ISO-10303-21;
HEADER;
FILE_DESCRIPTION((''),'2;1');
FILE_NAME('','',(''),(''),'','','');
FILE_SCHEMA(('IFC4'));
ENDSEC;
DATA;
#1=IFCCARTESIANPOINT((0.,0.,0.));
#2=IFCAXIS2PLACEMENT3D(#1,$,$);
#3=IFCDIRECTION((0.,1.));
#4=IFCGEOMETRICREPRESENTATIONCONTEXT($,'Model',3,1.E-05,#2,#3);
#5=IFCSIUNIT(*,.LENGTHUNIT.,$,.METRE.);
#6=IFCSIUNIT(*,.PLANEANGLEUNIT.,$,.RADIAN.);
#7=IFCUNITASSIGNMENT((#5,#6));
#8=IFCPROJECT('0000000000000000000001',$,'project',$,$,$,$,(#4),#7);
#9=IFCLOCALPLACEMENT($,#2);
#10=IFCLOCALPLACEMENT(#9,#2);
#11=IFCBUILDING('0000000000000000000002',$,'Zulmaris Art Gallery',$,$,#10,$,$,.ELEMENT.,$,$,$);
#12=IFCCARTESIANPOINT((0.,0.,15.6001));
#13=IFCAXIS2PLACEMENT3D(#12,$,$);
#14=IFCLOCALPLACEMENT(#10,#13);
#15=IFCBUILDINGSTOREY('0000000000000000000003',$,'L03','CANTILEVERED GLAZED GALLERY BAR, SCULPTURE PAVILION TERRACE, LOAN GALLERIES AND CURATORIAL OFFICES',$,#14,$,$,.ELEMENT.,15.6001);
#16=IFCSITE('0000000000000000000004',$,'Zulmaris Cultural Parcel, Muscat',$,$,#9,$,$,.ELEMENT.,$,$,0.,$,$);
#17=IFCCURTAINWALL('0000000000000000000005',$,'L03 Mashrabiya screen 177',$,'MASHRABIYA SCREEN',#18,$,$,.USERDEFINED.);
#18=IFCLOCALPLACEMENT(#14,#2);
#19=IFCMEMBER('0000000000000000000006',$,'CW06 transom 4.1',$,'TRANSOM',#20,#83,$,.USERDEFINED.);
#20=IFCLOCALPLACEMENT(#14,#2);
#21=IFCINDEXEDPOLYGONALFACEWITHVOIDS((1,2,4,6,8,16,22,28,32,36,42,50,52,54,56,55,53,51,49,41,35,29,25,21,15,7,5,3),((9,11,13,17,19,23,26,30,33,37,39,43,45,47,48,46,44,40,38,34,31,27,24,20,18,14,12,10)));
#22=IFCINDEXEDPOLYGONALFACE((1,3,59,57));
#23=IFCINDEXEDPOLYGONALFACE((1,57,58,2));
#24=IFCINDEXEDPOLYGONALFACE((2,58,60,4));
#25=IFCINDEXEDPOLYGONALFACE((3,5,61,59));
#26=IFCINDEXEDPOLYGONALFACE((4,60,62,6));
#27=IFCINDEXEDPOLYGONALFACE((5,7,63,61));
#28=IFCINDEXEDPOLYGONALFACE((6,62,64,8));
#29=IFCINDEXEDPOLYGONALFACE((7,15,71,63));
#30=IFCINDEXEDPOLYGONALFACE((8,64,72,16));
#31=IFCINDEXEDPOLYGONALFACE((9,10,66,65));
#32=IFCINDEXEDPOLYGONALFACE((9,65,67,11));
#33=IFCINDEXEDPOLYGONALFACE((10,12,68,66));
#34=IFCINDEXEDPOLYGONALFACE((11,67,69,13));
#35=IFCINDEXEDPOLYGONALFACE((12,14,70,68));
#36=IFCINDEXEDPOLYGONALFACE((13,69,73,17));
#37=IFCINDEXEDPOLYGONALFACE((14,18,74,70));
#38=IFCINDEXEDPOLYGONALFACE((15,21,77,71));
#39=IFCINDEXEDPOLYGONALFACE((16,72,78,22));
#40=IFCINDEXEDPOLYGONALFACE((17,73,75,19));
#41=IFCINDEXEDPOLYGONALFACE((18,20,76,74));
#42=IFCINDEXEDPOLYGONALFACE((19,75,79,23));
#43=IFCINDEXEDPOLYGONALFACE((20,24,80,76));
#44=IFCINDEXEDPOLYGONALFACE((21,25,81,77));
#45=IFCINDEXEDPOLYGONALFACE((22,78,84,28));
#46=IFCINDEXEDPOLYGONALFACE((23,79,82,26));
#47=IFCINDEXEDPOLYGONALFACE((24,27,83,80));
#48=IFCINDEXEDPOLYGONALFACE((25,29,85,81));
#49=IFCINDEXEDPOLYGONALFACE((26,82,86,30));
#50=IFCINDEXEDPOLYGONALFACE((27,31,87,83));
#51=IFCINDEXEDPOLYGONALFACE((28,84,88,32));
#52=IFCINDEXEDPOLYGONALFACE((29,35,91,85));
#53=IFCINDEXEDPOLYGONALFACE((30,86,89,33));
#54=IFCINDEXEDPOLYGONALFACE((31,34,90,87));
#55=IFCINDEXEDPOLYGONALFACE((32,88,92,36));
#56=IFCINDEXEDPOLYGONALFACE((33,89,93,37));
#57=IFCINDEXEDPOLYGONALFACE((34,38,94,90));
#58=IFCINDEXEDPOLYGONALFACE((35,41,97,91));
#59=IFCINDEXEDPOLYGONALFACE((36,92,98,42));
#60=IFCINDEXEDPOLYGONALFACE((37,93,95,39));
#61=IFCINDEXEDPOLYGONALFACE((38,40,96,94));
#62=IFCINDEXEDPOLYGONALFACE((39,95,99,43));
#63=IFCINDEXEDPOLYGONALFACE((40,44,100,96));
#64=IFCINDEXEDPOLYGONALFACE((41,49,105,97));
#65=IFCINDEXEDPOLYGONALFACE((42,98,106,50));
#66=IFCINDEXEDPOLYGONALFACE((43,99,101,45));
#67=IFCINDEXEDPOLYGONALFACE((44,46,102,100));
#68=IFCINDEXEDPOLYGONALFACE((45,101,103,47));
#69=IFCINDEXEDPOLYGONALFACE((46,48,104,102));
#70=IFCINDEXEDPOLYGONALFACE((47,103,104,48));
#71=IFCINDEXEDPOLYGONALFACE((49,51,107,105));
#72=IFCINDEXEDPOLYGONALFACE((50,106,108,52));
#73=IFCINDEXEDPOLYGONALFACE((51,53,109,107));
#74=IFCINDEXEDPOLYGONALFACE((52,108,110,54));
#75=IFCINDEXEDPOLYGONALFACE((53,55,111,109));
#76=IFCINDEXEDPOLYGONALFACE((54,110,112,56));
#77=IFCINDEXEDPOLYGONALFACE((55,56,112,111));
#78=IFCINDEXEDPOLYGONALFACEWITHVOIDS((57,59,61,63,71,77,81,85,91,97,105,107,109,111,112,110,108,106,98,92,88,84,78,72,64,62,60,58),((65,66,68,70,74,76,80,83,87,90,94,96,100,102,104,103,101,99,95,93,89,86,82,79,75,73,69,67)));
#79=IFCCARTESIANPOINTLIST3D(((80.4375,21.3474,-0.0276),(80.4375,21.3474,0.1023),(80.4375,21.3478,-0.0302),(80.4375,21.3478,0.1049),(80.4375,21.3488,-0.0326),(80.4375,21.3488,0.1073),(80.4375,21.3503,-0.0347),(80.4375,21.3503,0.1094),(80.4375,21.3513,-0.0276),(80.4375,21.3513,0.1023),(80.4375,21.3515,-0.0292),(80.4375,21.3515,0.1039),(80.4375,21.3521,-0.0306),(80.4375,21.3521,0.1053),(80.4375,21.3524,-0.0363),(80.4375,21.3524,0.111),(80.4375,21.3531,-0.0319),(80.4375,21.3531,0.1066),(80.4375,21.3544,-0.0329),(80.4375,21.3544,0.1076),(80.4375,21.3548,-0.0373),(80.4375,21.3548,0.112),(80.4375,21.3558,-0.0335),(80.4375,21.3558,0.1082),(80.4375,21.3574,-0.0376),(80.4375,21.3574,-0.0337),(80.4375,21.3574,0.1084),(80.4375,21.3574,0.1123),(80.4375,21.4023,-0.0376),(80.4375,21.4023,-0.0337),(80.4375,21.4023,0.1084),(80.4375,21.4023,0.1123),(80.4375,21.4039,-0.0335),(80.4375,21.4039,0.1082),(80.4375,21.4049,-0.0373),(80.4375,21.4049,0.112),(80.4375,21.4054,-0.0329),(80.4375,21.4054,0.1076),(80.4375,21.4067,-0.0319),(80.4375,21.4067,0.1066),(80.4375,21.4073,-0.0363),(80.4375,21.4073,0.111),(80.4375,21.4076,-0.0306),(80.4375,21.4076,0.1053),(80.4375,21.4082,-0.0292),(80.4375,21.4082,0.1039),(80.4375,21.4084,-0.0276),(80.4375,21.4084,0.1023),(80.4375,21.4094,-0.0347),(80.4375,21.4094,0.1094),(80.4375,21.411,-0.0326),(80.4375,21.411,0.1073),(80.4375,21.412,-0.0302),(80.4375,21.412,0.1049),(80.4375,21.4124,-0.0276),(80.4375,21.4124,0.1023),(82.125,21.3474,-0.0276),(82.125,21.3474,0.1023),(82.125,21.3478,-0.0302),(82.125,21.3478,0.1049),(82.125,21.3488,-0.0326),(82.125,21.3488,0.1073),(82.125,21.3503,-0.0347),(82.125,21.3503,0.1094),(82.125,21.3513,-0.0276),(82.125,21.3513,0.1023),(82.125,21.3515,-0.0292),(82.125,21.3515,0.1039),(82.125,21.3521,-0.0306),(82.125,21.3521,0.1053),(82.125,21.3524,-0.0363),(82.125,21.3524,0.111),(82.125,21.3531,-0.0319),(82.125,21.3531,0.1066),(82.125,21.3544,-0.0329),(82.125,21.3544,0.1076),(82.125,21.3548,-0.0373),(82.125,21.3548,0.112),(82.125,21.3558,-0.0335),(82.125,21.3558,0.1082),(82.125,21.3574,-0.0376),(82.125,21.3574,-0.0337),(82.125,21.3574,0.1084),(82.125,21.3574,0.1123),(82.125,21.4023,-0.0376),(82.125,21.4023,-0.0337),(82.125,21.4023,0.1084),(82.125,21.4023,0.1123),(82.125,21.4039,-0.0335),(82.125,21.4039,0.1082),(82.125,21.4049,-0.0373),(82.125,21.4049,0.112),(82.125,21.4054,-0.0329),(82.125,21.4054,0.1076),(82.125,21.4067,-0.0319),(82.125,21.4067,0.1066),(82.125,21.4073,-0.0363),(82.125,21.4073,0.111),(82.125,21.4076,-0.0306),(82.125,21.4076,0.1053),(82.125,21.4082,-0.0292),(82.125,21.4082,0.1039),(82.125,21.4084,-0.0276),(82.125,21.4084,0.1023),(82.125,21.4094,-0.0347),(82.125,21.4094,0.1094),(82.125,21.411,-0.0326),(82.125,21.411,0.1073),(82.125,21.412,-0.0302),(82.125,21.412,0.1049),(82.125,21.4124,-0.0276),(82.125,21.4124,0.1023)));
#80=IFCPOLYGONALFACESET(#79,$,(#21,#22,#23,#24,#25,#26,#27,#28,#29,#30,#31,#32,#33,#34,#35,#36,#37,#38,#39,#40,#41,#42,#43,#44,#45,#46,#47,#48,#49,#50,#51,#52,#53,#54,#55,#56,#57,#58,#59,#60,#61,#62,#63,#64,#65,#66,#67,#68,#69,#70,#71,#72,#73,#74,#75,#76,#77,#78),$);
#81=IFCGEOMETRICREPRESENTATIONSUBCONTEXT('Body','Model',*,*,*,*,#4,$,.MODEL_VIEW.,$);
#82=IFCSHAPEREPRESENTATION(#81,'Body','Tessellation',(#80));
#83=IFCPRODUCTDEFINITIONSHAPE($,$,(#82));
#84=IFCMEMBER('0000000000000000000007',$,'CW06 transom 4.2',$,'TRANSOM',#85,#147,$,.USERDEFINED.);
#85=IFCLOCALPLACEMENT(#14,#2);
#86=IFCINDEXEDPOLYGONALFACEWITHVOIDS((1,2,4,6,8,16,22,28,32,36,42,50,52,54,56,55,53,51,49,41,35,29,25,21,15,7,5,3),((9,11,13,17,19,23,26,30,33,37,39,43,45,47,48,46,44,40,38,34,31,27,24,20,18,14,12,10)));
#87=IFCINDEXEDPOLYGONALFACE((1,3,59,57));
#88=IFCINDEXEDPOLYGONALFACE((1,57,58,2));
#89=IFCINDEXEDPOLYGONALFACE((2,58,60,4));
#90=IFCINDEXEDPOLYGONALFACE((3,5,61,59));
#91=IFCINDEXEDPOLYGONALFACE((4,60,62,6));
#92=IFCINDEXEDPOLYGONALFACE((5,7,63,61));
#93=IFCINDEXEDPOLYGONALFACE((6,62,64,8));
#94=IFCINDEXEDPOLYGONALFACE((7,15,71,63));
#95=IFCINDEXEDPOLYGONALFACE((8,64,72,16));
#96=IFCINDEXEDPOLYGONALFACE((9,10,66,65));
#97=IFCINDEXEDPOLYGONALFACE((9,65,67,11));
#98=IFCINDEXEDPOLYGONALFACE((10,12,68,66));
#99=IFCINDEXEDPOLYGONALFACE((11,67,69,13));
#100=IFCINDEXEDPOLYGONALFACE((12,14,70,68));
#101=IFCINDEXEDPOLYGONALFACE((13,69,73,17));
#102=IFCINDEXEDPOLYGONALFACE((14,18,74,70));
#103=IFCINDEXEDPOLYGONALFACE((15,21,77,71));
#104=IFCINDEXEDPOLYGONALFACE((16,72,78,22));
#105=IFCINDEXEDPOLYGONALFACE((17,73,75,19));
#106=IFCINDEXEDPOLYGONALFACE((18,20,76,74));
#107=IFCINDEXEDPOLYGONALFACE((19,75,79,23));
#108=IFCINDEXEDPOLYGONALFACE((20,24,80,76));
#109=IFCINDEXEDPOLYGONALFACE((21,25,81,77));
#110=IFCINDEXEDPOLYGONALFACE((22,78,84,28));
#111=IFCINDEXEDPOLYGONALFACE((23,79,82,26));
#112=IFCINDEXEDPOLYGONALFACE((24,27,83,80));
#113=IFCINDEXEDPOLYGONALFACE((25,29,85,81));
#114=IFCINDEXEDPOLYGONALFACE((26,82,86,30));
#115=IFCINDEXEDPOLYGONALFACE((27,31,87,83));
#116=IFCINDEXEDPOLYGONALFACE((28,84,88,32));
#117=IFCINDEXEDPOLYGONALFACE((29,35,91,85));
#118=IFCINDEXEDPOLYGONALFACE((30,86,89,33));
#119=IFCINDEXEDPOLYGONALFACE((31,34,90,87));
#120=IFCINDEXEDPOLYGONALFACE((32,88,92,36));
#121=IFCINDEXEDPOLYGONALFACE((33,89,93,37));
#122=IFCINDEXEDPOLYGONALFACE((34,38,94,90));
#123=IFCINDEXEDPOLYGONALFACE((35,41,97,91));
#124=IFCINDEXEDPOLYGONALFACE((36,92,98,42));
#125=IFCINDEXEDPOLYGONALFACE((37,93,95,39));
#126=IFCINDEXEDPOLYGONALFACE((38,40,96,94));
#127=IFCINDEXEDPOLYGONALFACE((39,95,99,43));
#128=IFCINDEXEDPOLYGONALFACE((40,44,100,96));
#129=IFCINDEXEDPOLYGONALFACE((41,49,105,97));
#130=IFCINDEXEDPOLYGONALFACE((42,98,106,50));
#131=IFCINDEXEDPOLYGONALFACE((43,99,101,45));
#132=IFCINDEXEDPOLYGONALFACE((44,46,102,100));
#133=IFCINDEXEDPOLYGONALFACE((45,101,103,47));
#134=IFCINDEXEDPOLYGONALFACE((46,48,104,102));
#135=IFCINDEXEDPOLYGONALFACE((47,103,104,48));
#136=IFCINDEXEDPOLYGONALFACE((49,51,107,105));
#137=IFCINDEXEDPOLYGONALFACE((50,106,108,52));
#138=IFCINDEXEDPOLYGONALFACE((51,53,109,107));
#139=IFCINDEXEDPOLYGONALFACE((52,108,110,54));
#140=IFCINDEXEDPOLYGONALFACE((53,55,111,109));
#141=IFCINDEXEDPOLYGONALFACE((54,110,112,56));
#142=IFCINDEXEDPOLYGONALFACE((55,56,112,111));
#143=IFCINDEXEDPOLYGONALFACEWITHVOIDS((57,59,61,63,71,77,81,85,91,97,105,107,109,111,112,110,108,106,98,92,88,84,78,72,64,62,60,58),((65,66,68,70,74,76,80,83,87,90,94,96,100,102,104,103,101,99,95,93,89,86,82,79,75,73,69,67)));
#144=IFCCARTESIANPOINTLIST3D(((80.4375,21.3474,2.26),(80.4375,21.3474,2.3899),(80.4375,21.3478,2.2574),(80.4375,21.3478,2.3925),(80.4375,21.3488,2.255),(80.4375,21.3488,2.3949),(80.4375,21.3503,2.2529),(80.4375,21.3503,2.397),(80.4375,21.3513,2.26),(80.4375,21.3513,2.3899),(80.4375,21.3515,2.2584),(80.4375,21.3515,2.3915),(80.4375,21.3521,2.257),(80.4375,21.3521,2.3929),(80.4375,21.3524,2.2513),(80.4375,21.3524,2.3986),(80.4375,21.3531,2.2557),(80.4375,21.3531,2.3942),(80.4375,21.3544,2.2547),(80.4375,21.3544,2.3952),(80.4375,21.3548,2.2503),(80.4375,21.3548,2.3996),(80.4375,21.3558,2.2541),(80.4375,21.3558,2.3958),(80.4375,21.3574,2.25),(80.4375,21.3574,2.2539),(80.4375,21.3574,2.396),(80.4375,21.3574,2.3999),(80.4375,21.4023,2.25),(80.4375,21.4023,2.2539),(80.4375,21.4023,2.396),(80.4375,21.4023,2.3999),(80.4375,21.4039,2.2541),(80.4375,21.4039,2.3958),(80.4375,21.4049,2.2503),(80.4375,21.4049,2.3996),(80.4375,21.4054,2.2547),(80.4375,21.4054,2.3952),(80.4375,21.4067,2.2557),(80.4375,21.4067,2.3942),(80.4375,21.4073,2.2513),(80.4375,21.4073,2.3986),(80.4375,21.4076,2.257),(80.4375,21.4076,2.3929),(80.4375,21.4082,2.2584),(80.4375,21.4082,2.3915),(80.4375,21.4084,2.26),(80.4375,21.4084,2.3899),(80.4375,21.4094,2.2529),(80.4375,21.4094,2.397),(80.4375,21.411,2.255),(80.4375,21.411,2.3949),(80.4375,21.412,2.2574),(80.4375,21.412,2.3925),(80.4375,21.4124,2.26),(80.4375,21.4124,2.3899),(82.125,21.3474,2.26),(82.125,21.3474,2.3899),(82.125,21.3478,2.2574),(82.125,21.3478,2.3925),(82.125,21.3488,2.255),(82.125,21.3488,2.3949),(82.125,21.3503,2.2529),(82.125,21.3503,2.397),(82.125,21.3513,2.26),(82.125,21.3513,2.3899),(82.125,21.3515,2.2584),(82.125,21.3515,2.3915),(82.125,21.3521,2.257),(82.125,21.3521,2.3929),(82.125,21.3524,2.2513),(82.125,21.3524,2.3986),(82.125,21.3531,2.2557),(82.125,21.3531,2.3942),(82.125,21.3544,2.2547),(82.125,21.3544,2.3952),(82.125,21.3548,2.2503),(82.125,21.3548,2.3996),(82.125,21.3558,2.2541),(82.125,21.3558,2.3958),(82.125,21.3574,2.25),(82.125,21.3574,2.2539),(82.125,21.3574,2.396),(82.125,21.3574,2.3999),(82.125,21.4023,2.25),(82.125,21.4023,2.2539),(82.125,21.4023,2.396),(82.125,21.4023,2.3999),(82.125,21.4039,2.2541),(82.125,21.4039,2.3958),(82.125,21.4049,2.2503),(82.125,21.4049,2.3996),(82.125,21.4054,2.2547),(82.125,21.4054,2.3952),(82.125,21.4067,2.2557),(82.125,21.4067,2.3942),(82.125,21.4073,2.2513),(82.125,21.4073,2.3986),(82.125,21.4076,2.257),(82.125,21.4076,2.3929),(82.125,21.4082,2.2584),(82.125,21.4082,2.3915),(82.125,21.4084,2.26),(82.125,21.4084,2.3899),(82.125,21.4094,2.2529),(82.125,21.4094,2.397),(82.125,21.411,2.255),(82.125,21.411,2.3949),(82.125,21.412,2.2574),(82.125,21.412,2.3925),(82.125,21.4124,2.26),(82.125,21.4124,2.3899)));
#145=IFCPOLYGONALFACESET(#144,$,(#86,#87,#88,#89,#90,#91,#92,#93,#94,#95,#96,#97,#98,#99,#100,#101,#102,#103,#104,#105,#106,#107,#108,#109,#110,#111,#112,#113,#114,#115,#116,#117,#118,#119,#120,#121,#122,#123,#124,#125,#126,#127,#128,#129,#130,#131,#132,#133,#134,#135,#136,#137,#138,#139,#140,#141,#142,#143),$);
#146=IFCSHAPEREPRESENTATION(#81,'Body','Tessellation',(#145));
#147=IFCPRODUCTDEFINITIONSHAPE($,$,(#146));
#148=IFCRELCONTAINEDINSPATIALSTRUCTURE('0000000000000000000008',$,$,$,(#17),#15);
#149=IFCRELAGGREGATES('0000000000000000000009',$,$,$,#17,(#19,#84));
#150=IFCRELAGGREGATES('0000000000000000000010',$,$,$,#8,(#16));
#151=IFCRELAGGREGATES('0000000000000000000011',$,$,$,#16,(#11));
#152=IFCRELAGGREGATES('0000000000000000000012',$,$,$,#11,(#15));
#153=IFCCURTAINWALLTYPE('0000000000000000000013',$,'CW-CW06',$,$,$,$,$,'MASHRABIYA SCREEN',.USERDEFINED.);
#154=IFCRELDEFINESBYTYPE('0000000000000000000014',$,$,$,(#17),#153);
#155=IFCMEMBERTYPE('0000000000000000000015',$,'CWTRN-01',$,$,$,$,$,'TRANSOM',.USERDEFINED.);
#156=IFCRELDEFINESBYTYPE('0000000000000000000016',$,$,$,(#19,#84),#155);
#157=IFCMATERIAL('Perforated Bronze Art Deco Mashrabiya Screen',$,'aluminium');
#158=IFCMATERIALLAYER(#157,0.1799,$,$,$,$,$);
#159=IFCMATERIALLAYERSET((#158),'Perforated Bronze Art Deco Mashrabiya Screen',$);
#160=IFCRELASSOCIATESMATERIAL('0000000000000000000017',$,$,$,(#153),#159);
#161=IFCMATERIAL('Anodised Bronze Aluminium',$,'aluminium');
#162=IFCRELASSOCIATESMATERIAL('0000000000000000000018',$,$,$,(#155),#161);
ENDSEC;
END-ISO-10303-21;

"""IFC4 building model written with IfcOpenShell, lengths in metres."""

from ifc_helpers import new_model, si_unit, direction, frame, origin, origin_2d, place, context, subcontext, project, spatial, hollow_rectangle, extrude, material, layer, layer_set, material_profile, profile_set, type_object, element, aggregate, save


model = new_model("IFC4")

# Units and contexts
model_context = context("Model", 3, precision=1e-05, world=origin(), true_north=direction((0.0, 1.0)))
body_context = subcontext(model_context, "Body", "Model", "MODEL_VIEW")
ifc_project = project(units=[si_unit("LENGTHUNIT", "METRE"), si_unit("PLANEANGLEUNIT", "RADIAN")], contexts=[model_context])

# Site, building, storey
site_placement = place(None, origin())
site = spatial("IfcSite", under=ifc_project, at=site_placement, Name="Zulmaris Cultural Parcel, Muscat", CompositionType="ELEMENT", RefElevation=0.0)
building_placement = place(site_placement, origin())
building = spatial("IfcBuilding", under=site, at=building_placement, Name="Zulmaris Art Gallery", CompositionType="ELEMENT")
storey_placement = place(building_placement, frame((0.0, 0.0, 15.6001)))
storey = spatial("IfcBuildingStorey", under=building, at=storey_placement, Name="L03", Description="CANTILEVERED GLAZED GALLERY BAR, SCULPTURE PAVILION TERRACE, LOAN GALLERIES AND CURATORIAL OFFICES", CompositionType="ELEMENT", Elevation=15.6001)

# Curtain wall
ifc_material_1 = material(Name="Anodised Bronze Aluminium", Category="aluminium")
ifc_material_2 = material(Name="Perforated Bronze Art Deco Mashrabiya Screen", Category="aluminium")
ifc_layer_1 = layer(ifc_material_2, 0.1799)
ifc_layer_set_1 = layer_set([ifc_layer_1], Name="Perforated Bronze Art Deco Mashrabiya Screen")
curtain_wall_type_1 = type_object("IfcCurtainWallType", Name="CW-CW06", ElementType="MASHRABIYA SCREEN", PredefinedType="USERDEFINED", material=ifc_layer_set_1)
curtain_wall_1_placement = place(storey_placement, origin())
curtain_wall_1 = element("IfcCurtainWall", 1, at=curtain_wall_1_placement, inside=storey, type_object=curtain_wall_type_1, Name="L03 Mashrabiya screen 177", ObjectType="MASHRABIYA SCREEN", PredefinedType="USERDEFINED")

# Members
ifc_material_profile_1 = material_profile(ifc_material_1, hollow_rectangle(XDim=0.0649, YDim=0.1499, WallThickness=0.0039, InnerFilletRadius=0.0061, OuterFilletRadius=0.01, at=origin_2d()), Name="ALU 65x150x4")
ifc_profile_set_1 = profile_set([ifc_material_profile_1], Name="Anodised Bronze Aluminium")
member_type_1 = type_object("IfcMemberType", Name="CWTRN-01", ElementType="TRANSOM", PredefinedType="USERDEFINED", material=ifc_profile_set_1)
member_1_placement = place(storey_placement, frame((80.4375, 21.3799, 0.0374), z_axis=(1.0, 0.0, 0.0), x_axis=(0.0, 1.0, 0.0)))
member_1 = element("IfcMember", 2, at=member_1_placement, type_object=member_type_1, Name="CW06 transom 4.1", ObjectType="TRANSOM", PredefinedType="USERDEFINED", context=body_context, shape_type="SweptSolid", body=[
    extrude(hollow_rectangle(XDim=0.0649, YDim=0.1499, WallThickness=0.0039, InnerFilletRadius=0.0061, OuterFilletRadius=0.01, at=origin_2d()), origin(), (0.0, 0.0, 1.0), 1.6875),
])
member_2_placement = place(storey_placement, frame((80.4375, 21.3799, 2.325), z_axis=(1.0, 0.0, 0.0), x_axis=(0.0, 1.0, 0.0)))
member_2 = element("IfcMember", 3, at=member_2_placement, type_object=member_type_1, Name="CW06 transom 4.2", ObjectType="TRANSOM", PredefinedType="USERDEFINED", context=body_context, shape_type="SweptSolid", body=[
    extrude(hollow_rectangle(XDim=0.0649, YDim=0.1499, WallThickness=0.0039, InnerFilletRadius=0.0061, OuterFilletRadius=0.01, at=origin_2d()), origin(), (0.0, 0.0, 1.0), 1.6875),
])

aggregate(curtain_wall_1, [member_1, member_2])

save(model, "model.ifc")
